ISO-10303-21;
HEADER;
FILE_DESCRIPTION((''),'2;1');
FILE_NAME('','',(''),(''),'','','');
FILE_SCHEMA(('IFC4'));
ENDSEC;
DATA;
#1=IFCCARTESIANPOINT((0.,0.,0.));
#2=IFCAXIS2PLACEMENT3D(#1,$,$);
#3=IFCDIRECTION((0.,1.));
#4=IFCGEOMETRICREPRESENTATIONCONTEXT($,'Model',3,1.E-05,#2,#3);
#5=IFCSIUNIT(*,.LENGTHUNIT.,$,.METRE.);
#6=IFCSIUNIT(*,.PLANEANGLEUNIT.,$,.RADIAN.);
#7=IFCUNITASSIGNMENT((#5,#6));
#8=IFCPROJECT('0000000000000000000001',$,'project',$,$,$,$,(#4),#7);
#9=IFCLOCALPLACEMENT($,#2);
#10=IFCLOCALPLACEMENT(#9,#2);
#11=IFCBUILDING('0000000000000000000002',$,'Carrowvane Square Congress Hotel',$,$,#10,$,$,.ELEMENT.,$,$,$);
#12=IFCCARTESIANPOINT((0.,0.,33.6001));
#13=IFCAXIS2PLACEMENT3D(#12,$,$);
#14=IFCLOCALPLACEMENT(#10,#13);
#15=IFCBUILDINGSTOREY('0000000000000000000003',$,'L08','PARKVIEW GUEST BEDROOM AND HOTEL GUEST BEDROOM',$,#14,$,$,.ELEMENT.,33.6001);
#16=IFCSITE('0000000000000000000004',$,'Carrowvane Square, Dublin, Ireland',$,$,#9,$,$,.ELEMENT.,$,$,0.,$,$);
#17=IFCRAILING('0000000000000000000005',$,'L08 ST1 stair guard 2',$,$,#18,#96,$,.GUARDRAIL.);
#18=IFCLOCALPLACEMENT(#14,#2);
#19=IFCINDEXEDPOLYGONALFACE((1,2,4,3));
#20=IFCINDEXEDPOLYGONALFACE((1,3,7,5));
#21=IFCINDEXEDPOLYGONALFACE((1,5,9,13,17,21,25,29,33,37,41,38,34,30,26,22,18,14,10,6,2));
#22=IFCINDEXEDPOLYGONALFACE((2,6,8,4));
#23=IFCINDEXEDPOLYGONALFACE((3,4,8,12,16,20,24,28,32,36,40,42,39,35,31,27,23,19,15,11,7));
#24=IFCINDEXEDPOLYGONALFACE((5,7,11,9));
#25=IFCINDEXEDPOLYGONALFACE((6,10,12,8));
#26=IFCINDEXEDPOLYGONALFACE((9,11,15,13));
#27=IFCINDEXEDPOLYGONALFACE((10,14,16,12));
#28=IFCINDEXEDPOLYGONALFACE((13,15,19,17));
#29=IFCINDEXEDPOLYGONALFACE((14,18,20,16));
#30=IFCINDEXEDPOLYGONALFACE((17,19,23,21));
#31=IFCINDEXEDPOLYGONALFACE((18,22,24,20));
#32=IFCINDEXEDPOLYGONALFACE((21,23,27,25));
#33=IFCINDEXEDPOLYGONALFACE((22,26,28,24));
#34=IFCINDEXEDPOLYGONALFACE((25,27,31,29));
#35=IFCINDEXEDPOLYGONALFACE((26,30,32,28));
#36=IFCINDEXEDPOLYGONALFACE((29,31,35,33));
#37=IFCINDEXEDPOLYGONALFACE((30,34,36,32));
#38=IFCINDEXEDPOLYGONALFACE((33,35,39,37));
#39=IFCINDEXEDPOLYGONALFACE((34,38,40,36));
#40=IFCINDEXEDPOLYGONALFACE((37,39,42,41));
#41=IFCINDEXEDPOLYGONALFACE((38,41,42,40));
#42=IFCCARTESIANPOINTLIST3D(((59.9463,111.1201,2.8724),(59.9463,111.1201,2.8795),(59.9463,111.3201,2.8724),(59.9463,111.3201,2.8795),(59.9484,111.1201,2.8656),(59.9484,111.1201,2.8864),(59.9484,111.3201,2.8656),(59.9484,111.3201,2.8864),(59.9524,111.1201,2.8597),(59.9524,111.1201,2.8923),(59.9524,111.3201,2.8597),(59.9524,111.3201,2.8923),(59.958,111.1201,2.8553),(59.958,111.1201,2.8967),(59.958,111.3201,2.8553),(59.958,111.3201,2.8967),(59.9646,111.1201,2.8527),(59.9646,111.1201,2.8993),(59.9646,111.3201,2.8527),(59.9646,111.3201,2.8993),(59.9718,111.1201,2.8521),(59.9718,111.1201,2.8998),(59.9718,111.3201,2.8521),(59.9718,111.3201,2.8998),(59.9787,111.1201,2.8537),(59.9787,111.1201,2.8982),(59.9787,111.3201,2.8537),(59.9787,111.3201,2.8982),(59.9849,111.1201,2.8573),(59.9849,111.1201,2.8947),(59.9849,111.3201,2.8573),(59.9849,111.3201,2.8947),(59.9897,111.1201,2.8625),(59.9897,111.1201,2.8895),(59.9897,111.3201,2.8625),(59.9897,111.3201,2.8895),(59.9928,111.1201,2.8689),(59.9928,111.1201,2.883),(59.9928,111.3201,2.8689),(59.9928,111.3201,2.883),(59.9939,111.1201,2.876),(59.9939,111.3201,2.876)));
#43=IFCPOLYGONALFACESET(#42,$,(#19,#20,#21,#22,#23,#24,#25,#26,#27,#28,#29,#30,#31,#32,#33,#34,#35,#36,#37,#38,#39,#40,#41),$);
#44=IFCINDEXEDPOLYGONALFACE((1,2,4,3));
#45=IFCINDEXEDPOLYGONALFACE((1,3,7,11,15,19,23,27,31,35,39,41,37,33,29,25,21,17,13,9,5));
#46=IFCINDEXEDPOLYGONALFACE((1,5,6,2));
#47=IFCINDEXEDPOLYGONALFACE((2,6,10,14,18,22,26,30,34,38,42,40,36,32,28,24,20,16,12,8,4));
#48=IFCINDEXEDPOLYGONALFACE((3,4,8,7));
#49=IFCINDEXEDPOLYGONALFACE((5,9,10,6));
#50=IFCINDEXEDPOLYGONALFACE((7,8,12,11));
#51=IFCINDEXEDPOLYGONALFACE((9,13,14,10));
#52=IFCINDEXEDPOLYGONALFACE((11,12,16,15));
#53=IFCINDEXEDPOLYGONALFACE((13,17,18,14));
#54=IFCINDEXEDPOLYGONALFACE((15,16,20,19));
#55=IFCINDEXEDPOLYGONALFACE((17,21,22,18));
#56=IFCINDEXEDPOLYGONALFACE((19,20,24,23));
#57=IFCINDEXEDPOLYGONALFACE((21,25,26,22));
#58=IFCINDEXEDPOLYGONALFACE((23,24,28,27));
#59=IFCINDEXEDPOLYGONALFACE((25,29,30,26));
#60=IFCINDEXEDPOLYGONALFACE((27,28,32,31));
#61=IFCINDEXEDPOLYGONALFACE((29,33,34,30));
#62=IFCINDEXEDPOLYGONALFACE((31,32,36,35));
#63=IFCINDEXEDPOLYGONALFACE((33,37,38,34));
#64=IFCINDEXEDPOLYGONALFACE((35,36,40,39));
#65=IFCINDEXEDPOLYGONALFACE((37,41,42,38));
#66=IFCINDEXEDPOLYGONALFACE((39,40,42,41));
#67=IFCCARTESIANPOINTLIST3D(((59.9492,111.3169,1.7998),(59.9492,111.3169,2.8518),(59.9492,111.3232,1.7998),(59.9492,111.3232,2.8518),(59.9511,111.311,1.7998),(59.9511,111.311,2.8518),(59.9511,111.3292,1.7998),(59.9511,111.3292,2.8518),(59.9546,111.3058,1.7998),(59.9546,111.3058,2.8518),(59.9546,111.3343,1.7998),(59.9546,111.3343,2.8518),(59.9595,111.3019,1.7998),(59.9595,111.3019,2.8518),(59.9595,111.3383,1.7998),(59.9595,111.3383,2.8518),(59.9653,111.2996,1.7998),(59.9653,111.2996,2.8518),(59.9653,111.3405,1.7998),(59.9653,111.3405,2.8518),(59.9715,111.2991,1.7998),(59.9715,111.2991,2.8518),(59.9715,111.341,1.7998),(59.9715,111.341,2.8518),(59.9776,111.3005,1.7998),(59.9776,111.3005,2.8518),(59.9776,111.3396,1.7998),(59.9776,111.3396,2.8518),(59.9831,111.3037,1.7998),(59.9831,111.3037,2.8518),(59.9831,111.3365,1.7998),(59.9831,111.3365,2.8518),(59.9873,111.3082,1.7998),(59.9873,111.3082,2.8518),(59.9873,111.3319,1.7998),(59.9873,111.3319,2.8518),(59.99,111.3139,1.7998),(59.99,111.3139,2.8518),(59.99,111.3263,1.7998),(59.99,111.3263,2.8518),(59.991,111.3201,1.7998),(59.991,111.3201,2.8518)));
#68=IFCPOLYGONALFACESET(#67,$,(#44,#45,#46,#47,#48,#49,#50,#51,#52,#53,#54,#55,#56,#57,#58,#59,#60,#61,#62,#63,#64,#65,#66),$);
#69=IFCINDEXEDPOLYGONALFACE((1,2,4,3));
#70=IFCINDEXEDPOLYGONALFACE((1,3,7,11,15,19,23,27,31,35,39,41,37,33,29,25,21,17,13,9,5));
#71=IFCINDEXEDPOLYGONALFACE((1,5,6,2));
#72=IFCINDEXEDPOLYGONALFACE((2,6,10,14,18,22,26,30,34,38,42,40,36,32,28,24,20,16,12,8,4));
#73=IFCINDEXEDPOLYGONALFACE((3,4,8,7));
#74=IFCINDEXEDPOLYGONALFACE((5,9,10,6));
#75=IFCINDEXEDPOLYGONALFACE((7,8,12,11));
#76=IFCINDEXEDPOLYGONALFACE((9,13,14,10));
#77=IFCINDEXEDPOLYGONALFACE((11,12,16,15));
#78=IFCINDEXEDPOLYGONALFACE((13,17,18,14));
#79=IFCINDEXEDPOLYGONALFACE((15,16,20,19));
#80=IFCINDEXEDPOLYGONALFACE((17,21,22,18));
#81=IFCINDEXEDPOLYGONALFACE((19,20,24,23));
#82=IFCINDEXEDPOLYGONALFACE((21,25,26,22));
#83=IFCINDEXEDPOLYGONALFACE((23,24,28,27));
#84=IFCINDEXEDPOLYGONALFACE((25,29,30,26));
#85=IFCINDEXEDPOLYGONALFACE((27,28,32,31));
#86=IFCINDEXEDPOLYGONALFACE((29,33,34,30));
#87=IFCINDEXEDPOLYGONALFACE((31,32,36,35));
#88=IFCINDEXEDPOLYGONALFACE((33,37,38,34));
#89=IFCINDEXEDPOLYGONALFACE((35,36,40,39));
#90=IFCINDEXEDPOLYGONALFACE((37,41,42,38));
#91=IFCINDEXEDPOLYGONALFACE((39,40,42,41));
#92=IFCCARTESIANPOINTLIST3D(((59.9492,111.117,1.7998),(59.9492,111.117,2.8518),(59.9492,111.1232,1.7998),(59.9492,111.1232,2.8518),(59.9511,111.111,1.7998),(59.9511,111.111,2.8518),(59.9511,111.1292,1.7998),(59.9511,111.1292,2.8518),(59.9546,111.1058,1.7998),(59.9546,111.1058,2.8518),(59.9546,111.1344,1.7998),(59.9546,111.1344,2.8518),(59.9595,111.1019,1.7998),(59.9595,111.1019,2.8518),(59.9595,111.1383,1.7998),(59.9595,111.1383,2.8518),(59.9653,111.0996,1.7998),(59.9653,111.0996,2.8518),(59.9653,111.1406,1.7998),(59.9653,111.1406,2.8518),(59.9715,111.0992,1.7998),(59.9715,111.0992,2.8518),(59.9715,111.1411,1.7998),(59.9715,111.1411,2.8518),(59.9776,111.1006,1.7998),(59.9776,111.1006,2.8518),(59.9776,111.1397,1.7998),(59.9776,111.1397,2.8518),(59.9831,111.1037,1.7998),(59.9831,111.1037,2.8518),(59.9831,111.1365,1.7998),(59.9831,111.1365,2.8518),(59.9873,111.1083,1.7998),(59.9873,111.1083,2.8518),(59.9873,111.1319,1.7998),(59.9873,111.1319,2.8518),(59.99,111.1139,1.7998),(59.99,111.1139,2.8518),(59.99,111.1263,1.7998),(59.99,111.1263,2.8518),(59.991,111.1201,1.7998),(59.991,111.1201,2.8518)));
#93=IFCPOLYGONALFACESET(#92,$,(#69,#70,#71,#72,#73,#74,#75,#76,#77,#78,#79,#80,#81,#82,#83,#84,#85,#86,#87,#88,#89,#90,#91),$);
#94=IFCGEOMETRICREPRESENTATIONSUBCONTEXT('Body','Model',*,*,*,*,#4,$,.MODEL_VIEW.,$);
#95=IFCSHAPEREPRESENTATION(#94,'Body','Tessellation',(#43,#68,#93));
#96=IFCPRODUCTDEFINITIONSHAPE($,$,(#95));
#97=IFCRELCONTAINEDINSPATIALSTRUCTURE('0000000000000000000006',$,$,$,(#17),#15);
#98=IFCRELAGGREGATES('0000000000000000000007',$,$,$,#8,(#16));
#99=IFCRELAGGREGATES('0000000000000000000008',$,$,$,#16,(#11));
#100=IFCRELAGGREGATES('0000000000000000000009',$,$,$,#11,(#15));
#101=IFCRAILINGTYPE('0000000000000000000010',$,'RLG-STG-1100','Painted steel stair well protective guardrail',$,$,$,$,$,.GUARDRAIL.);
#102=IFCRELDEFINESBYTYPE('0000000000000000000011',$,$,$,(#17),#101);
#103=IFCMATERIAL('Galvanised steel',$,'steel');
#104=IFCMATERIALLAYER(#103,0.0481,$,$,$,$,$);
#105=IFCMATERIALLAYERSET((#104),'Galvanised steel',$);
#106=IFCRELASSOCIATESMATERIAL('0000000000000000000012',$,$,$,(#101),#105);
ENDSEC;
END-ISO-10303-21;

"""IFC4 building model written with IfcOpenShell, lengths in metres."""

from ifc_helpers import new_model, si_unit, direction, frame, origin, origin_2d, place, context, subcontext, project, spatial, circle, extrude, material, layer, layer_set, type_object, element, save


model = new_model("IFC4")

# Units and contexts
model_context = context("Model", 3, precision=1e-05, world=origin(), true_north=direction((0.0, 1.0)))
body_context = subcontext(model_context, "Body", "Model", "MODEL_VIEW")
ifc_project = project(units=[si_unit("LENGTHUNIT", "METRE"), si_unit("PLANEANGLEUNIT", "RADIAN")], contexts=[model_context])

# Site, building, storey
site_placement = place(None, origin())
site = spatial("IfcSite", under=ifc_project, at=site_placement, Name="Carrowvane Square, Dublin, Ireland", CompositionType="ELEMENT", RefElevation=0.0)
building_placement = place(site_placement, origin())
building = spatial("IfcBuilding", under=site, at=building_placement, Name="Carrowvane Square Congress Hotel", CompositionType="ELEMENT")
storey_placement = place(building_placement, frame((0.0, 0.0, 33.6001)))
storey = spatial("IfcBuildingStorey", under=building, at=storey_placement, Name="L08", Description="PARKVIEW GUEST BEDROOM AND HOTEL GUEST BEDROOM", CompositionType="ELEMENT", Elevation=33.6001)

# Railing
ifc_material_1 = material(Name="Galvanised steel", Category="steel")
ifc_layer_1 = layer(ifc_material_1, 0.0481)
ifc_layer_set_1 = layer_set([ifc_layer_1], Name="Galvanised steel")
railing_type_1 = type_object("IfcRailingType", Name="RLG-STG-1100", Description="Painted steel stair well protective guardrail", PredefinedType="GUARDRAIL", material=ifc_layer_set_1)
railing_1_placement = place(storey_placement, frame((59.97, 111.3201, 1.7998)))
element("IfcRailing", 1, at=railing_1_placement, inside=storey, type_object=railing_type_1, Name="L08 ST1 stair guard 2", PredefinedType="GUARDRAIL", context=body_context, shape_type="SweptSolid", body=[
    extrude(circle(Radius=0.0239, at=origin_2d()), frame((0.0, 0.0, 1.0762), z_axis=(0.0, -1.0, 0.0), x_axis=(1.0, 0.0, 0.0)), (0.0, 0.0, 1.0), 0.2),
    extrude(circle(Radius=0.021, at=origin_2d()), origin(), (0.0, 0.0, 1.0), 1.052),
    extrude(circle(Radius=0.021, at=origin_2d()), frame((0.0, -0.2, 0.0)), (0.0, 0.0, 1.0), 1.052),
])

save(model, "model.ifc")
